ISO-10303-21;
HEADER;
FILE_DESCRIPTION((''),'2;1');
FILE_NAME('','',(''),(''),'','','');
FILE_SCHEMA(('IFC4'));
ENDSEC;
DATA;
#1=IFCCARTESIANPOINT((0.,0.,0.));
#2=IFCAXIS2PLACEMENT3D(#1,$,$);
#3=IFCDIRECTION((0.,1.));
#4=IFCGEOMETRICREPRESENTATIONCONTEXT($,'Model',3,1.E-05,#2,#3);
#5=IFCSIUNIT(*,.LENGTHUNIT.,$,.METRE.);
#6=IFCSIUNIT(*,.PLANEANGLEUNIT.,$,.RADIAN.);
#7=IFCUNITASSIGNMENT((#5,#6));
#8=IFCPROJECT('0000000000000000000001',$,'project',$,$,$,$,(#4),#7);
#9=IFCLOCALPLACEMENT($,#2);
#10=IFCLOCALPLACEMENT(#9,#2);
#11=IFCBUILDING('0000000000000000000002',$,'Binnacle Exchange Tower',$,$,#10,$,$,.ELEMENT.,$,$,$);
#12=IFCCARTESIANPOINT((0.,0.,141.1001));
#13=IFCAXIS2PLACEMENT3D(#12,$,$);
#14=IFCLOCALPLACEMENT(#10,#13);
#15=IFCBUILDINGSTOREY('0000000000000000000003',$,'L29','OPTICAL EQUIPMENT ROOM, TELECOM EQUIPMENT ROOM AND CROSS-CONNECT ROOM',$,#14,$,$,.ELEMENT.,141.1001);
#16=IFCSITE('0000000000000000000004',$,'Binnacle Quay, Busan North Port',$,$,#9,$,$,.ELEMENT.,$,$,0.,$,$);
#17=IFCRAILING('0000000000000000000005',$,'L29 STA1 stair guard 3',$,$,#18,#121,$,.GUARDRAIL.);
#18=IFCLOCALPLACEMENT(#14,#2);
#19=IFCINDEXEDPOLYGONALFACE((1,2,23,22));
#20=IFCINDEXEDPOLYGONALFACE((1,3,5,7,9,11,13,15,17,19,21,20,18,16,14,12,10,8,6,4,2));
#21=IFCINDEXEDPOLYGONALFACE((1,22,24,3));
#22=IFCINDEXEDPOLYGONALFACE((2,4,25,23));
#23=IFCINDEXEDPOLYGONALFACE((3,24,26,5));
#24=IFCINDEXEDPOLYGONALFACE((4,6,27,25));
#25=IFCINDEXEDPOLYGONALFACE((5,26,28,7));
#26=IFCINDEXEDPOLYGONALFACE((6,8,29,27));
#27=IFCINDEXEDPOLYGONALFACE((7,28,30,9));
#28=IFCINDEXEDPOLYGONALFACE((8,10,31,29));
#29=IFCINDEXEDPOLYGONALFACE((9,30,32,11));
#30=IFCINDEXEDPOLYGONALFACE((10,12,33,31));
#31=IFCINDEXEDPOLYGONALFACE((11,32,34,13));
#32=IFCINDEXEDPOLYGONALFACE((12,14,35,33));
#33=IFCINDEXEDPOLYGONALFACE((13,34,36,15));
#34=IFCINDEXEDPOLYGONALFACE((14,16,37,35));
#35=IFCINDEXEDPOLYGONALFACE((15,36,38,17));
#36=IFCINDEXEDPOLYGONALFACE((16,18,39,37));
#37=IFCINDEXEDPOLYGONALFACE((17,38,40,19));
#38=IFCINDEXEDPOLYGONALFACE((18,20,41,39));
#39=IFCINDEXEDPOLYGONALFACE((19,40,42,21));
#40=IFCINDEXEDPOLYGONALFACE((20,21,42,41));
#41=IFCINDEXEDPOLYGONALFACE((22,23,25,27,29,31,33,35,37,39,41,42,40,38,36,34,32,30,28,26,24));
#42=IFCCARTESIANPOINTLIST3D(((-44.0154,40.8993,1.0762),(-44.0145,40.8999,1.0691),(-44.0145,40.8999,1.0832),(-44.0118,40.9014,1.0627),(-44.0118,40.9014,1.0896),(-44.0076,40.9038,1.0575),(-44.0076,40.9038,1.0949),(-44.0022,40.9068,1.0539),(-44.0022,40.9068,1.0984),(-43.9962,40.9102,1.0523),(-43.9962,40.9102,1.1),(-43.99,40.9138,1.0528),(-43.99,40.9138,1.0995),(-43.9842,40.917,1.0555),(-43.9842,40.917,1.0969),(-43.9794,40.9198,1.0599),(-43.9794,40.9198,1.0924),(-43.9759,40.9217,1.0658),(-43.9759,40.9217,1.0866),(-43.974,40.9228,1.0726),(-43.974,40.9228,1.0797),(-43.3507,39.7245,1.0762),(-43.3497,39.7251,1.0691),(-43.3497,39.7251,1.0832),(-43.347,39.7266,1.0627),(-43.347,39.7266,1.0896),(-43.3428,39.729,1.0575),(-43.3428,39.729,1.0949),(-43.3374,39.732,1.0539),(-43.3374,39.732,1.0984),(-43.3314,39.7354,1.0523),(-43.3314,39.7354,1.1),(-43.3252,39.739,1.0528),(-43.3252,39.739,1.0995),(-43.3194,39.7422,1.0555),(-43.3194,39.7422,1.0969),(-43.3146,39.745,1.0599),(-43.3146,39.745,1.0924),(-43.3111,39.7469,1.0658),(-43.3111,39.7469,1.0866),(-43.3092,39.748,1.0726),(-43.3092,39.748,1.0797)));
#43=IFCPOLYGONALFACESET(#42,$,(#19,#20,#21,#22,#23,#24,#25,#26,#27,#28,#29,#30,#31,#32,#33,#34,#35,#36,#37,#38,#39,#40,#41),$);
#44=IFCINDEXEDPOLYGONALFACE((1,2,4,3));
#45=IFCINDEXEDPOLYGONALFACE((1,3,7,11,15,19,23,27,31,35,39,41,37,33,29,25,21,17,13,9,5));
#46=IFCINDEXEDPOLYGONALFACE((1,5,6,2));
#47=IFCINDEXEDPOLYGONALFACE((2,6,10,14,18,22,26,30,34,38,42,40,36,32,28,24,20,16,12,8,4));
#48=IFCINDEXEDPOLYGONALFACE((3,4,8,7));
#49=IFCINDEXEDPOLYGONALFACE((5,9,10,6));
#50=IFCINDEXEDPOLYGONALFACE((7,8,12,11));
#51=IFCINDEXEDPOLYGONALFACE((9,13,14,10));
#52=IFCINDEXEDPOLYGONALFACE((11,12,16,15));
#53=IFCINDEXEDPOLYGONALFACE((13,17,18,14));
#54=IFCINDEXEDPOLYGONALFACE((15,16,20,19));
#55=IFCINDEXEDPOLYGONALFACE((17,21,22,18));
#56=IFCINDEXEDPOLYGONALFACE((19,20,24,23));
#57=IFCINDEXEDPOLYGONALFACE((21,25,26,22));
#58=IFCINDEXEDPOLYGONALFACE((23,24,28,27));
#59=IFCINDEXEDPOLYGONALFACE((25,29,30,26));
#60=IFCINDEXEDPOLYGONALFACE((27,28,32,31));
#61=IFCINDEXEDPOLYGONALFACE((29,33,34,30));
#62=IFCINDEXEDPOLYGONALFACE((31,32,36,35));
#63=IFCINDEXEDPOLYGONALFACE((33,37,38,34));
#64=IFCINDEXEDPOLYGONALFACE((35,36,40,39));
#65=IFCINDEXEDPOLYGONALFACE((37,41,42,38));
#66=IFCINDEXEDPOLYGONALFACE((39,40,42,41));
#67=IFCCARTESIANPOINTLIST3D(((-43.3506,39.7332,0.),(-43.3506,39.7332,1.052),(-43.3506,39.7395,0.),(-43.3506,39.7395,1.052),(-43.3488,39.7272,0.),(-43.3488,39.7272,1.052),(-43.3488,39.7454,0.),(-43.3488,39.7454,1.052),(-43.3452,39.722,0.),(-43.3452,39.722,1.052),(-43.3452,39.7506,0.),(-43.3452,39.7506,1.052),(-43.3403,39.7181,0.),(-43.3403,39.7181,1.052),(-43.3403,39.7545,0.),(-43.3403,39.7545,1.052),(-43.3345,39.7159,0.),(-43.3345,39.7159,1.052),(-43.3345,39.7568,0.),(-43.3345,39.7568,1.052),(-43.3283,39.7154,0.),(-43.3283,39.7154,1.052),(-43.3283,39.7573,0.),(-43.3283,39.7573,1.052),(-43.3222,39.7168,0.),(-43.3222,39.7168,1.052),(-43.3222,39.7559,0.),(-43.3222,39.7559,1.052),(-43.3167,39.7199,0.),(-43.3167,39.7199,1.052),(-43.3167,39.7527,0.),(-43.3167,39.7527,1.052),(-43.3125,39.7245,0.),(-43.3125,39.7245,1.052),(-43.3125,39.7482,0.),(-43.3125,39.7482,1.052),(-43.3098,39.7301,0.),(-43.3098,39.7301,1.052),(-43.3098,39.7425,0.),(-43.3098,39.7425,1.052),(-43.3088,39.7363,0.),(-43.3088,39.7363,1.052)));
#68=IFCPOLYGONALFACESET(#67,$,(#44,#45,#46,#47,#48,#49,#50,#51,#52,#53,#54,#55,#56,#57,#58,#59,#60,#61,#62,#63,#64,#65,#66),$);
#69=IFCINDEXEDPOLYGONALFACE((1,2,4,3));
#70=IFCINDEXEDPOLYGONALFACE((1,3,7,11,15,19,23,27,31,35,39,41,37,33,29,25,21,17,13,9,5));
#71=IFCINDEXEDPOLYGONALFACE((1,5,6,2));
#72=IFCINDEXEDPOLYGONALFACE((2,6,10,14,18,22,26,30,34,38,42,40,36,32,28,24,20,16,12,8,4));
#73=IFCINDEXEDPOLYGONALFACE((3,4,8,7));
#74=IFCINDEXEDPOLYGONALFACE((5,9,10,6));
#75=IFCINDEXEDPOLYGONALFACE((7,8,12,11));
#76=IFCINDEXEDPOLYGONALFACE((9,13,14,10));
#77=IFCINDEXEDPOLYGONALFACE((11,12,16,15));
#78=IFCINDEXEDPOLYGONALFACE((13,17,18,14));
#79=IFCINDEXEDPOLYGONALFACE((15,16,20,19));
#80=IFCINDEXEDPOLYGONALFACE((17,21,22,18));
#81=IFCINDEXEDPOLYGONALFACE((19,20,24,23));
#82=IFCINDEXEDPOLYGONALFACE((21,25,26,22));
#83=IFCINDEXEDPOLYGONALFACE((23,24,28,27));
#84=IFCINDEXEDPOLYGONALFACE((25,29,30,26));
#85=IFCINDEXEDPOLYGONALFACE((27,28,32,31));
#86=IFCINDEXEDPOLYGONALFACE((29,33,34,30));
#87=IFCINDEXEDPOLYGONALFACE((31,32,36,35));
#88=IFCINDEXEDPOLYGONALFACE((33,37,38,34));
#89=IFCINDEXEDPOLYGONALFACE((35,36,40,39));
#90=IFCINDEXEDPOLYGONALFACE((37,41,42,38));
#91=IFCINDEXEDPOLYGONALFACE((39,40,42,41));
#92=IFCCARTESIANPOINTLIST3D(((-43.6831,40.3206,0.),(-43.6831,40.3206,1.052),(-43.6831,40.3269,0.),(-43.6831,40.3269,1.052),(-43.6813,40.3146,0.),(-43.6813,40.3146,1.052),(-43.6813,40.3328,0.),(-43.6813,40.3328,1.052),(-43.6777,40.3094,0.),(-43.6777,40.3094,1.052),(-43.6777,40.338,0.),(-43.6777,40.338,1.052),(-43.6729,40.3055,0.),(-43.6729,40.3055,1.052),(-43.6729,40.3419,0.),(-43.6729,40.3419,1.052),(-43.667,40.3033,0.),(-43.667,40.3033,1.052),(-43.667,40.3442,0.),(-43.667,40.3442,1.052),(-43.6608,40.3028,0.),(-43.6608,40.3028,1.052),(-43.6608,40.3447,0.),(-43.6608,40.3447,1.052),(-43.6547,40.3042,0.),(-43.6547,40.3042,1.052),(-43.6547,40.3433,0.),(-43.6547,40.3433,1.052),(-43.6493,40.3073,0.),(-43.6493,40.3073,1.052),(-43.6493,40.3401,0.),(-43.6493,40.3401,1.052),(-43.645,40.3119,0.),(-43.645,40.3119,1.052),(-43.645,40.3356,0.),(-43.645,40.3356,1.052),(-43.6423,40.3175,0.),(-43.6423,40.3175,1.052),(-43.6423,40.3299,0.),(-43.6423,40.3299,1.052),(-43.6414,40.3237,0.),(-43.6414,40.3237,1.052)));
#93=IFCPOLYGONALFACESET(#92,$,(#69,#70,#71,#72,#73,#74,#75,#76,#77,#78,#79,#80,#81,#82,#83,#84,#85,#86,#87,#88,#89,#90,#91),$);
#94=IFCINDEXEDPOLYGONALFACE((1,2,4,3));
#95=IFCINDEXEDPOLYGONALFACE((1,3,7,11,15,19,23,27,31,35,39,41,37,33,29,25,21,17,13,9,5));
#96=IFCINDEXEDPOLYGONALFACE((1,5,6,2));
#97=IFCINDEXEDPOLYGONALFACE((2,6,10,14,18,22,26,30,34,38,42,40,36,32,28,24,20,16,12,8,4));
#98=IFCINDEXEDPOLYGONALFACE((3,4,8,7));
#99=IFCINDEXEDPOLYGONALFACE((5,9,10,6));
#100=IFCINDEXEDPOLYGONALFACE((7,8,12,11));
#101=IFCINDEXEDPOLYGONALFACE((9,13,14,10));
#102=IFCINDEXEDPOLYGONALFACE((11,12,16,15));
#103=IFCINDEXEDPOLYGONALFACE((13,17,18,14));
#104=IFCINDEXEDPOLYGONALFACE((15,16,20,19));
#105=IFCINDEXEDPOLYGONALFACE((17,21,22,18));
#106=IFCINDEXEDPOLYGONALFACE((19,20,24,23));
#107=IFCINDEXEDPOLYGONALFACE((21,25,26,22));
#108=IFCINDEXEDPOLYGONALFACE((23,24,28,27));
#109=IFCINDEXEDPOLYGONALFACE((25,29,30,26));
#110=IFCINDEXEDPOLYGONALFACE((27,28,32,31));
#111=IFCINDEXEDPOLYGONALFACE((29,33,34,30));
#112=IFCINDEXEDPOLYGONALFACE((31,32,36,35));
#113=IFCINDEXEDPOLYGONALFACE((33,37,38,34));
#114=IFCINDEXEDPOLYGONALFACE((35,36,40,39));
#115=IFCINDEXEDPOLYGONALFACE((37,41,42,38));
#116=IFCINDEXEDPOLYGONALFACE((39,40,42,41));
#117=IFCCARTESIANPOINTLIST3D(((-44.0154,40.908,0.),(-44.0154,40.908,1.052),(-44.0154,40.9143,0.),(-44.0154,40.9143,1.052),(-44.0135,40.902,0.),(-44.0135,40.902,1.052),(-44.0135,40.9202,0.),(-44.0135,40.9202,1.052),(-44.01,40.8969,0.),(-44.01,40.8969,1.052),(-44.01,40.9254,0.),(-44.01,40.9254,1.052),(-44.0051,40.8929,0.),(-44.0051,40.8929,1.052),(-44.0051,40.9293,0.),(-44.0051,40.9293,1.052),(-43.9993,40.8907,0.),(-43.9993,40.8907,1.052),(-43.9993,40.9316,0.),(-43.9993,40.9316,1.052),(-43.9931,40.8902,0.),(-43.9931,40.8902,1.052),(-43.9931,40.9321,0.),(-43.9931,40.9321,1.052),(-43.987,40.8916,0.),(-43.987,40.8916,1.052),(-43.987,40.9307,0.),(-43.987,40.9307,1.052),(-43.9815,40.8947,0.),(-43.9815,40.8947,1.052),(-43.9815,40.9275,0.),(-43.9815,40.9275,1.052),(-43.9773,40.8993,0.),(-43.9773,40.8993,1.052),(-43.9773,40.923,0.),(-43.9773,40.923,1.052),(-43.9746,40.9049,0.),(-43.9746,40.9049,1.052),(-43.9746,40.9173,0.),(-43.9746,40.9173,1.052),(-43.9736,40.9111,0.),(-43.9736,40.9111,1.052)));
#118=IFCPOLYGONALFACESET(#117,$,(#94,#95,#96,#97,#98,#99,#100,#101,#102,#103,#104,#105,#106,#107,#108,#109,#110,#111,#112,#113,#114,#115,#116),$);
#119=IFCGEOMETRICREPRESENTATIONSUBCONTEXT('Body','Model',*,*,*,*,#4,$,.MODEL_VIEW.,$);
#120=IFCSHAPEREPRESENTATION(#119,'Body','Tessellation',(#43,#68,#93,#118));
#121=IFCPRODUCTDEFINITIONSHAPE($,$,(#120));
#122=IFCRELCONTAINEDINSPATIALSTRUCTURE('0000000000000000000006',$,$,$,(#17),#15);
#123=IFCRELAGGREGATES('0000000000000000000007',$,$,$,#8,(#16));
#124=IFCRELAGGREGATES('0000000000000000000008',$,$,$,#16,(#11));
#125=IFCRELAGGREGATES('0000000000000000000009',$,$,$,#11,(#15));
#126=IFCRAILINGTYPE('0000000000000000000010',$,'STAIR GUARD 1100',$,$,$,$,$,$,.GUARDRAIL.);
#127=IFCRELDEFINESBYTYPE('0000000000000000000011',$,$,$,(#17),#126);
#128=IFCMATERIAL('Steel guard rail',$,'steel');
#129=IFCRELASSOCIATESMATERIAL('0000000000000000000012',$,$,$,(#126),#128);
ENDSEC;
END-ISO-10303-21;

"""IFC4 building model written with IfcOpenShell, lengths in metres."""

from ifc_helpers import new_model, si_unit, direction, frame, origin, origin_2d, place, context, subcontext, project, spatial, circle, extrude, material, type_object, element, save


model = new_model("IFC4")

# Units and contexts
model_context = context("Model", 3, precision=1e-05, world=origin(), true_north=direction((0.0, 1.0)))
body_context = subcontext(model_context, "Body", "Model", "MODEL_VIEW")
ifc_project = project(units=[si_unit("LENGTHUNIT", "METRE"), si_unit("PLANEANGLEUNIT", "RADIAN")], contexts=[model_context])

# Site, building, storey
site_placement = place(None, origin())
site = spatial("IfcSite", under=ifc_project, at=site_placement, Name="Binnacle Quay, Busan North Port", CompositionType="ELEMENT", RefElevation=0.0)
building_placement = place(site_placement, origin())
building = spatial("IfcBuilding", under=site, at=building_placement, Name="Binnacle Exchange Tower", CompositionType="ELEMENT")
storey_placement = place(building_placement, frame((0.0, 0.0, 141.1001)))
storey = spatial("IfcBuildingStorey", under=building, at=storey_placement, Name="L29", Description="OPTICAL EQUIPMENT ROOM, TELECOM EQUIPMENT ROOM AND CROSS-CONNECT ROOM", CompositionType="ELEMENT", Elevation=141.1001)

# Railing
ifc_material_1 = material(Name="Steel guard rail", Category="steel")
railing_type = type_object("IfcRailingType", Name="STAIR GUARD 1100", PredefinedType="GUARDRAIL", material=ifc_material_1)
railing_1_placement = place(storey_placement, frame((-43.3298, 39.7363, 0.0)))
element("IfcRailing", 1, at=railing_1_placement, inside=storey, type_object=railing_type, Name="L29 STA1 stair guard 3", PredefinedType="GUARDRAIL", context=body_context, shape_type="SweptSolid", body=[
    extrude(circle(Radius=0.0239, at=origin_2d()), frame((0.0, 0.0, 1.0762), z_axis=(-0.492492, 0.870317, 0.0), x_axis=(-0.870317, -0.492492, 0.0)), (0.0, 0.0, 1.0), 1.3499),
    extrude(circle(Radius=0.021, at=origin_2d()), origin(), (0.0, 0.0, 1.0), 1.052),
    extrude(circle(Radius=0.021, at=origin_2d()), frame((-0.3325, 0.5874, 0.0)), (0.0, 0.0, 1.0), 1.052),
    extrude(circle(Radius=0.021, at=origin_2d()), frame((-0.6648, 1.1748, 0.0)), (0.0, 0.0, 1.0), 1.052),
])

save(model, "model.ifc")
